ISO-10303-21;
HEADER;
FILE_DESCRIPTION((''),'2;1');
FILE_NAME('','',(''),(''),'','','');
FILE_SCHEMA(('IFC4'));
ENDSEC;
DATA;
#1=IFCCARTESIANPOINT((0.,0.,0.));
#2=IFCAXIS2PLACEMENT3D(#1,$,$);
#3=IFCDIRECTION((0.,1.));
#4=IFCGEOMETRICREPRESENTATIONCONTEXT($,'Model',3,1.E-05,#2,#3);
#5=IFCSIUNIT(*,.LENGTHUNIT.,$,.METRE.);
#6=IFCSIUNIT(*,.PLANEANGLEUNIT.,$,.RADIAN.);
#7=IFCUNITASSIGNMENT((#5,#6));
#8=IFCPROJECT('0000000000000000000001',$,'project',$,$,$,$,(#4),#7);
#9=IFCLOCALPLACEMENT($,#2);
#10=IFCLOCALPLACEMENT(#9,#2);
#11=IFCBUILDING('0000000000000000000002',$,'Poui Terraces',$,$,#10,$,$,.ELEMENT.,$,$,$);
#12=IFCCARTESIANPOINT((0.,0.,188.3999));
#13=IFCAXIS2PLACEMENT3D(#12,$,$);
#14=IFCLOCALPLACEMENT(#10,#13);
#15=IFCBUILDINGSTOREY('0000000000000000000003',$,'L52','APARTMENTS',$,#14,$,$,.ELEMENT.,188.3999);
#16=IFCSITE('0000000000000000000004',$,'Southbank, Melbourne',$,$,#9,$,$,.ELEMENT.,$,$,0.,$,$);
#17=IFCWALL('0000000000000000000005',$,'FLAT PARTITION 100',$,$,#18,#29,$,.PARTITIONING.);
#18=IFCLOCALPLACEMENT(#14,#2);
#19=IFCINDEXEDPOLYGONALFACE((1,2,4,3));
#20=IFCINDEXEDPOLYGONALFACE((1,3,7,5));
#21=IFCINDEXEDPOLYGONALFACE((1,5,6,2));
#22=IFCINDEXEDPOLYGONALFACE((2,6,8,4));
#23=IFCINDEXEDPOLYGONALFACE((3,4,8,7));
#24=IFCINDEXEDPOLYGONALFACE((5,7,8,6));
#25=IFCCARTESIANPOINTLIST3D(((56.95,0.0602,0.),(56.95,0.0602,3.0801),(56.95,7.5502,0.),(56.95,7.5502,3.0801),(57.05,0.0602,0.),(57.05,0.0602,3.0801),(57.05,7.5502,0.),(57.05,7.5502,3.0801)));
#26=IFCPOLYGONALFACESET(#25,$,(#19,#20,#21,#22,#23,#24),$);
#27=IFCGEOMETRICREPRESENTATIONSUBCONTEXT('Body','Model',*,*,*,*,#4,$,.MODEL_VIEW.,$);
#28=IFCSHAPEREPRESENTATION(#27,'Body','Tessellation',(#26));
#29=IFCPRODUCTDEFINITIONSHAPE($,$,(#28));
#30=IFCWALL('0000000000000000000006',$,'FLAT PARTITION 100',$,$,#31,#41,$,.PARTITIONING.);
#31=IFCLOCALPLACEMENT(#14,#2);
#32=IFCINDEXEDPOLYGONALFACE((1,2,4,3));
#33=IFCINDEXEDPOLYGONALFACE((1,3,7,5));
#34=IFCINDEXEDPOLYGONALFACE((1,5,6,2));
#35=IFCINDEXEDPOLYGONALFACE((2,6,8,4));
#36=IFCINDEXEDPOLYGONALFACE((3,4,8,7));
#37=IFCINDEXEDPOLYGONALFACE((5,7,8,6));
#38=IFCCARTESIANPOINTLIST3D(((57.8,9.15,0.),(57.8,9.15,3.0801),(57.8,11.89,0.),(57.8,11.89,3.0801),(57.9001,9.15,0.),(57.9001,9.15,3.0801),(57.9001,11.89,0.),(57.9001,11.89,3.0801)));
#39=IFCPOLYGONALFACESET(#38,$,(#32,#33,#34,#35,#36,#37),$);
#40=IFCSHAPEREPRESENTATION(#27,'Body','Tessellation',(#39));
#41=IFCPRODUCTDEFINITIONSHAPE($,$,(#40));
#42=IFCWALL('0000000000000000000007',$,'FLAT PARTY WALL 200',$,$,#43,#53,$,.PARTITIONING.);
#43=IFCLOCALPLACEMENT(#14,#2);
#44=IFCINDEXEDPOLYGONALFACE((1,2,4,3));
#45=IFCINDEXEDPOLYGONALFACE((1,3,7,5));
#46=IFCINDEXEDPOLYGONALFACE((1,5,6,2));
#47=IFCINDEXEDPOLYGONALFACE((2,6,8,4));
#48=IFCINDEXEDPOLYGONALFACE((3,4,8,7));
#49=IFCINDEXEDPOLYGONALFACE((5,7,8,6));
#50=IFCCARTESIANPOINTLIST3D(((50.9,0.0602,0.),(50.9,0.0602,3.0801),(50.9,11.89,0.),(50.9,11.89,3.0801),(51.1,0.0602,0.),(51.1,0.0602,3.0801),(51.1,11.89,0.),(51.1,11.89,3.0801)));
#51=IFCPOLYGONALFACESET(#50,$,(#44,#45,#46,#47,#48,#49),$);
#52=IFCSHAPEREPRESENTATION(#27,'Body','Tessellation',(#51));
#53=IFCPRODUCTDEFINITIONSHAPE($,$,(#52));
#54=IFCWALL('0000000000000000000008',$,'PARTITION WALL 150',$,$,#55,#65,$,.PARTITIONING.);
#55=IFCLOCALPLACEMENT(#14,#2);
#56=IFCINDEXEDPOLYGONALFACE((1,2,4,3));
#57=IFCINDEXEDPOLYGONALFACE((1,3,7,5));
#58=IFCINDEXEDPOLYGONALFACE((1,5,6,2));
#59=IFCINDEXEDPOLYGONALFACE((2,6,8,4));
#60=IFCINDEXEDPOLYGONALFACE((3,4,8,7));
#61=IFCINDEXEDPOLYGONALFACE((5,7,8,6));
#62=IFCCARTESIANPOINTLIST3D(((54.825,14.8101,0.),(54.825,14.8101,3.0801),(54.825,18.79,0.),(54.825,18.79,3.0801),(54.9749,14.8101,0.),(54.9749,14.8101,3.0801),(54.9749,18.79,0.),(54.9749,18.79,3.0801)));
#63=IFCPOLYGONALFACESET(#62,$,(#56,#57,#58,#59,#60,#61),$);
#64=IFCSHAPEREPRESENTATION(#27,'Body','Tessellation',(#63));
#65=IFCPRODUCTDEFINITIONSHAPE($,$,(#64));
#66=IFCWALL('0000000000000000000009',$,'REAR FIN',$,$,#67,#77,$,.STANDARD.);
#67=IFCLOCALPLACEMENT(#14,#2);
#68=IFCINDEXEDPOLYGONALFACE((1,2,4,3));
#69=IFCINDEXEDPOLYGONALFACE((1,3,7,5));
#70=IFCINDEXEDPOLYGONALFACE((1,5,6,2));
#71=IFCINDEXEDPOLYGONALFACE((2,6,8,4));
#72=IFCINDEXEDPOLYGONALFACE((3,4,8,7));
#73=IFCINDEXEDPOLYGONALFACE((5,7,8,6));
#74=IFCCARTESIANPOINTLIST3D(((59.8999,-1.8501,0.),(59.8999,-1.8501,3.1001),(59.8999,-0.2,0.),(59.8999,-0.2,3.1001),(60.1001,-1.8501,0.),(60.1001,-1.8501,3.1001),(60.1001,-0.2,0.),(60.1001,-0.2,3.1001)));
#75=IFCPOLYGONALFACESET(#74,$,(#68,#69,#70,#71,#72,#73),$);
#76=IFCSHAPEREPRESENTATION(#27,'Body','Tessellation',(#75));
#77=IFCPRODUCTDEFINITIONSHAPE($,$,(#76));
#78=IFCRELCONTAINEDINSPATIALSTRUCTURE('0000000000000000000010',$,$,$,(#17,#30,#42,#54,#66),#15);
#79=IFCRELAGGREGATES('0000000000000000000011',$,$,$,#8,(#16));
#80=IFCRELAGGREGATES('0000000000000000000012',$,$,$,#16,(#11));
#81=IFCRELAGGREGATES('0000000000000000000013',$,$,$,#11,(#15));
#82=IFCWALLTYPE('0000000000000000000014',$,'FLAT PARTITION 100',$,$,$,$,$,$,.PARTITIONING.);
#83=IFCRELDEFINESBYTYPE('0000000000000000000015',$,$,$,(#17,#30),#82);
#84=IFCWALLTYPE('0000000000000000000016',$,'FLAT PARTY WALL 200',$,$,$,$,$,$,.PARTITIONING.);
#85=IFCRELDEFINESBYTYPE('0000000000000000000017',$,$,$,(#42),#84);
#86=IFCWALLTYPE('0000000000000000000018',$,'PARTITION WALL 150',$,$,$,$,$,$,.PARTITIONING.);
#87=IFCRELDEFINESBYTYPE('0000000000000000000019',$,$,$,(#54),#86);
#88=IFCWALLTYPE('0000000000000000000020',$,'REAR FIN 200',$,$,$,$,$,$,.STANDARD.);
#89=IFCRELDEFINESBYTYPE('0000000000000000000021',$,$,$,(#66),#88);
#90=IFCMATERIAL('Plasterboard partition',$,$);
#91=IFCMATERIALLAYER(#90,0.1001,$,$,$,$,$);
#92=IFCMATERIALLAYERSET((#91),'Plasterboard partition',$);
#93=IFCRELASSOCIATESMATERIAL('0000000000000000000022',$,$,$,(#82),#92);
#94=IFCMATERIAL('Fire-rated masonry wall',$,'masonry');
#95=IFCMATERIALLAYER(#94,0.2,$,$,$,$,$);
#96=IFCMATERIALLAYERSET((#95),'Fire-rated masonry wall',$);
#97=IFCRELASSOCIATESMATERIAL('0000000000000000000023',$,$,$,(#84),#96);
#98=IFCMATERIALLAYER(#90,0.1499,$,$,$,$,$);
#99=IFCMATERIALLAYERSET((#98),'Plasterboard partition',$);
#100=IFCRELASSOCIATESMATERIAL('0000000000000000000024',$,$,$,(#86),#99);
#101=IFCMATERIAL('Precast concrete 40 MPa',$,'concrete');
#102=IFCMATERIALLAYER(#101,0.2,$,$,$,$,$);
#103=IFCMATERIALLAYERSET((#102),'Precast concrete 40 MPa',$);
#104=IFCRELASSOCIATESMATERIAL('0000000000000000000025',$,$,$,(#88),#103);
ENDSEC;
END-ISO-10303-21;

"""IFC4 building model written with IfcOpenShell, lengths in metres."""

from ifc_helpers import new_model, si_unit, direction, frame, frame_2d, origin, place, context, subcontext, project, spatial, polyline, rectangle, outline, extrude, source, transform, mapped, material, layer, layer_set, type_object, element, save


model = new_model("IFC4")

# Units and contexts
model_context = context("Model", 3, precision=1e-05, world=origin(), true_north=direction((0.0, 1.0)))
body_context = subcontext(model_context, "Body", "Model", "MODEL_VIEW")
ifc_project = project(units=[si_unit("LENGTHUNIT", "METRE"), si_unit("PLANEANGLEUNIT", "RADIAN")], contexts=[model_context])

# Site, building, storey
site_placement = place(None, origin())
site = spatial("IfcSite", under=ifc_project, at=site_placement, Name="Southbank, Melbourne", CompositionType="ELEMENT", RefElevation=0.0)
building_placement = place(site_placement, origin())
building = spatial("IfcBuilding", under=site, at=building_placement, Name="Poui Terraces", CompositionType="ELEMENT")
storey_placement = place(building_placement, frame((0.0, 0.0, 188.3999)))
storey = spatial("IfcBuildingStorey", under=building, at=storey_placement, Name="L52", Description="APARTMENTS", CompositionType="ELEMENT", Elevation=188.3999)

# Shared definitions
ifc_material_1 = material(Name="Plasterboard partition")
ifc_layer_1 = layer(ifc_material_1, 0.1001)
ifc_layer_set_1 = layer_set([ifc_layer_1], Name="Plasterboard partition")
wall_type_1 = type_object("IfcWallType", Name="FLAT PARTITION 100", PredefinedType="PARTITIONING", material=ifc_layer_set_1)

# Walls
wall_1_placement = place(storey_placement, frame((57.0, 0.0601, 0.0), z_axis=(0.0, 0.0, 1.0), x_axis=(0.0, 1.0, 0.0)))
element("IfcWall", 1, at=wall_1_placement, inside=storey, type_object=wall_type_1, Name="FLAT PARTITION 100", PredefinedType="PARTITIONING", context=body_context, shape_type="SweptSolid", body=[
    extrude(rectangle(XDim=7.49, YDim=0.1001, at=frame_2d((3.7451, 0.0))), origin(), (0.0, 0.0, 1.0), 3.0801),
])
wall_2_placement = place(storey_placement, frame((57.8501, 9.1499, 0.0), z_axis=(0.0, 0.0, 1.0), x_axis=(0.0, 1.0, 0.0)))
element("IfcWall", 2, at=wall_2_placement, inside=storey, type_object=wall_type_1, Name="FLAT PARTITION 100", PredefinedType="PARTITIONING", context=body_context, shape_type="SweptSolid", body=[
    extrude(rectangle(XDim=2.74, YDim=0.1001, at=frame_2d((1.3701, 0.0))), origin(), (0.0, 0.0, 1.0), 3.0801),
])
ifc_material_2 = material(Name="Fire-rated masonry wall", Category="masonry")
ifc_layer_2 = layer(ifc_material_2, 0.2)
ifc_layer_set_2 = layer_set([ifc_layer_2], Name="Fire-rated masonry wall")
wall_type_2 = type_object("IfcWallType", Name="FLAT PARTY WALL 200", PredefinedType="PARTITIONING", material=ifc_layer_set_2)
wall_3_placement = place(storey_placement, frame((51.0, 0.0601, 0.0), z_axis=(0.0, 0.0, 1.0), x_axis=(0.0, 1.0, 0.0)))
element("IfcWall", 3, at=wall_3_placement, inside=storey, type_object=wall_type_2, Name="FLAT PARTY WALL 200", PredefinedType="PARTITIONING", context=body_context, shape_type="SweptSolid", body=[
    extrude(rectangle(XDim=11.8298, YDim=0.2, at=frame_2d((5.915, 0.0))), origin(), (0.0, 0.0, 1.0), 3.0801),
])
ifc_layer_3 = layer(ifc_material_1, 0.1499)
ifc_layer_set_3 = layer_set([ifc_layer_3], Name="Plasterboard partition")
wall_type_3 = type_object("IfcWallType", Name="PARTITION WALL 150", PredefinedType="PARTITIONING", material=ifc_layer_set_3)
wall_4_placement = place(storey_placement, frame((54.8999, 14.8101, 0.0), z_axis=(0.0, 0.0, 1.0), x_axis=(0.0, 1.0, 0.0)))
element("IfcWall", 4, at=wall_4_placement, inside=storey, type_object=wall_type_3, Name="PARTITION WALL 150", PredefinedType="PARTITIONING", context=body_context, shape_type="SweptSolid", body=[
    extrude(rectangle(XDim=3.98, YDim=0.1499, at=frame_2d((1.99, 0.0))), origin(), (0.0, 0.0, 1.0), 3.0801),
])
ifc_material_3 = material(Name="Precast concrete 40 MPa", Category="concrete")
ifc_layer_4 = layer(ifc_material_3, 0.2)
ifc_layer_set_4 = layer_set([ifc_layer_4], Name="Precast concrete 40 MPa")
wall_type_4 = type_object("IfcWallType", Name="REAR FIN 200", PredefinedType="STANDARD", material=ifc_layer_set_4)
shared_shape_1 = source(origin(), body_context, "Body", "SweptSolid", [
    extrude(outline(polyline([(0.0, 0.0), (0.2002, 0.0), (0.2002, 1.6501), (0.0, 1.6501), (0.0, 0.0)])), origin(), (0.0, 0.0, 1.0), 3.1001),
])
wall_5_placement = place(storey_placement, frame((59.8999, -1.8501, 0.0)))
element("IfcWall", 5, at=wall_5_placement, inside=storey, type_object=wall_type_4, Name="REAR FIN", PredefinedType="STANDARD", context=body_context, shape_type="MappedRepresentation", body=[
    mapped(shared_shape_1, transform((0.0, 0.0, 0.0))),
])

save(model, "model.ifc")
